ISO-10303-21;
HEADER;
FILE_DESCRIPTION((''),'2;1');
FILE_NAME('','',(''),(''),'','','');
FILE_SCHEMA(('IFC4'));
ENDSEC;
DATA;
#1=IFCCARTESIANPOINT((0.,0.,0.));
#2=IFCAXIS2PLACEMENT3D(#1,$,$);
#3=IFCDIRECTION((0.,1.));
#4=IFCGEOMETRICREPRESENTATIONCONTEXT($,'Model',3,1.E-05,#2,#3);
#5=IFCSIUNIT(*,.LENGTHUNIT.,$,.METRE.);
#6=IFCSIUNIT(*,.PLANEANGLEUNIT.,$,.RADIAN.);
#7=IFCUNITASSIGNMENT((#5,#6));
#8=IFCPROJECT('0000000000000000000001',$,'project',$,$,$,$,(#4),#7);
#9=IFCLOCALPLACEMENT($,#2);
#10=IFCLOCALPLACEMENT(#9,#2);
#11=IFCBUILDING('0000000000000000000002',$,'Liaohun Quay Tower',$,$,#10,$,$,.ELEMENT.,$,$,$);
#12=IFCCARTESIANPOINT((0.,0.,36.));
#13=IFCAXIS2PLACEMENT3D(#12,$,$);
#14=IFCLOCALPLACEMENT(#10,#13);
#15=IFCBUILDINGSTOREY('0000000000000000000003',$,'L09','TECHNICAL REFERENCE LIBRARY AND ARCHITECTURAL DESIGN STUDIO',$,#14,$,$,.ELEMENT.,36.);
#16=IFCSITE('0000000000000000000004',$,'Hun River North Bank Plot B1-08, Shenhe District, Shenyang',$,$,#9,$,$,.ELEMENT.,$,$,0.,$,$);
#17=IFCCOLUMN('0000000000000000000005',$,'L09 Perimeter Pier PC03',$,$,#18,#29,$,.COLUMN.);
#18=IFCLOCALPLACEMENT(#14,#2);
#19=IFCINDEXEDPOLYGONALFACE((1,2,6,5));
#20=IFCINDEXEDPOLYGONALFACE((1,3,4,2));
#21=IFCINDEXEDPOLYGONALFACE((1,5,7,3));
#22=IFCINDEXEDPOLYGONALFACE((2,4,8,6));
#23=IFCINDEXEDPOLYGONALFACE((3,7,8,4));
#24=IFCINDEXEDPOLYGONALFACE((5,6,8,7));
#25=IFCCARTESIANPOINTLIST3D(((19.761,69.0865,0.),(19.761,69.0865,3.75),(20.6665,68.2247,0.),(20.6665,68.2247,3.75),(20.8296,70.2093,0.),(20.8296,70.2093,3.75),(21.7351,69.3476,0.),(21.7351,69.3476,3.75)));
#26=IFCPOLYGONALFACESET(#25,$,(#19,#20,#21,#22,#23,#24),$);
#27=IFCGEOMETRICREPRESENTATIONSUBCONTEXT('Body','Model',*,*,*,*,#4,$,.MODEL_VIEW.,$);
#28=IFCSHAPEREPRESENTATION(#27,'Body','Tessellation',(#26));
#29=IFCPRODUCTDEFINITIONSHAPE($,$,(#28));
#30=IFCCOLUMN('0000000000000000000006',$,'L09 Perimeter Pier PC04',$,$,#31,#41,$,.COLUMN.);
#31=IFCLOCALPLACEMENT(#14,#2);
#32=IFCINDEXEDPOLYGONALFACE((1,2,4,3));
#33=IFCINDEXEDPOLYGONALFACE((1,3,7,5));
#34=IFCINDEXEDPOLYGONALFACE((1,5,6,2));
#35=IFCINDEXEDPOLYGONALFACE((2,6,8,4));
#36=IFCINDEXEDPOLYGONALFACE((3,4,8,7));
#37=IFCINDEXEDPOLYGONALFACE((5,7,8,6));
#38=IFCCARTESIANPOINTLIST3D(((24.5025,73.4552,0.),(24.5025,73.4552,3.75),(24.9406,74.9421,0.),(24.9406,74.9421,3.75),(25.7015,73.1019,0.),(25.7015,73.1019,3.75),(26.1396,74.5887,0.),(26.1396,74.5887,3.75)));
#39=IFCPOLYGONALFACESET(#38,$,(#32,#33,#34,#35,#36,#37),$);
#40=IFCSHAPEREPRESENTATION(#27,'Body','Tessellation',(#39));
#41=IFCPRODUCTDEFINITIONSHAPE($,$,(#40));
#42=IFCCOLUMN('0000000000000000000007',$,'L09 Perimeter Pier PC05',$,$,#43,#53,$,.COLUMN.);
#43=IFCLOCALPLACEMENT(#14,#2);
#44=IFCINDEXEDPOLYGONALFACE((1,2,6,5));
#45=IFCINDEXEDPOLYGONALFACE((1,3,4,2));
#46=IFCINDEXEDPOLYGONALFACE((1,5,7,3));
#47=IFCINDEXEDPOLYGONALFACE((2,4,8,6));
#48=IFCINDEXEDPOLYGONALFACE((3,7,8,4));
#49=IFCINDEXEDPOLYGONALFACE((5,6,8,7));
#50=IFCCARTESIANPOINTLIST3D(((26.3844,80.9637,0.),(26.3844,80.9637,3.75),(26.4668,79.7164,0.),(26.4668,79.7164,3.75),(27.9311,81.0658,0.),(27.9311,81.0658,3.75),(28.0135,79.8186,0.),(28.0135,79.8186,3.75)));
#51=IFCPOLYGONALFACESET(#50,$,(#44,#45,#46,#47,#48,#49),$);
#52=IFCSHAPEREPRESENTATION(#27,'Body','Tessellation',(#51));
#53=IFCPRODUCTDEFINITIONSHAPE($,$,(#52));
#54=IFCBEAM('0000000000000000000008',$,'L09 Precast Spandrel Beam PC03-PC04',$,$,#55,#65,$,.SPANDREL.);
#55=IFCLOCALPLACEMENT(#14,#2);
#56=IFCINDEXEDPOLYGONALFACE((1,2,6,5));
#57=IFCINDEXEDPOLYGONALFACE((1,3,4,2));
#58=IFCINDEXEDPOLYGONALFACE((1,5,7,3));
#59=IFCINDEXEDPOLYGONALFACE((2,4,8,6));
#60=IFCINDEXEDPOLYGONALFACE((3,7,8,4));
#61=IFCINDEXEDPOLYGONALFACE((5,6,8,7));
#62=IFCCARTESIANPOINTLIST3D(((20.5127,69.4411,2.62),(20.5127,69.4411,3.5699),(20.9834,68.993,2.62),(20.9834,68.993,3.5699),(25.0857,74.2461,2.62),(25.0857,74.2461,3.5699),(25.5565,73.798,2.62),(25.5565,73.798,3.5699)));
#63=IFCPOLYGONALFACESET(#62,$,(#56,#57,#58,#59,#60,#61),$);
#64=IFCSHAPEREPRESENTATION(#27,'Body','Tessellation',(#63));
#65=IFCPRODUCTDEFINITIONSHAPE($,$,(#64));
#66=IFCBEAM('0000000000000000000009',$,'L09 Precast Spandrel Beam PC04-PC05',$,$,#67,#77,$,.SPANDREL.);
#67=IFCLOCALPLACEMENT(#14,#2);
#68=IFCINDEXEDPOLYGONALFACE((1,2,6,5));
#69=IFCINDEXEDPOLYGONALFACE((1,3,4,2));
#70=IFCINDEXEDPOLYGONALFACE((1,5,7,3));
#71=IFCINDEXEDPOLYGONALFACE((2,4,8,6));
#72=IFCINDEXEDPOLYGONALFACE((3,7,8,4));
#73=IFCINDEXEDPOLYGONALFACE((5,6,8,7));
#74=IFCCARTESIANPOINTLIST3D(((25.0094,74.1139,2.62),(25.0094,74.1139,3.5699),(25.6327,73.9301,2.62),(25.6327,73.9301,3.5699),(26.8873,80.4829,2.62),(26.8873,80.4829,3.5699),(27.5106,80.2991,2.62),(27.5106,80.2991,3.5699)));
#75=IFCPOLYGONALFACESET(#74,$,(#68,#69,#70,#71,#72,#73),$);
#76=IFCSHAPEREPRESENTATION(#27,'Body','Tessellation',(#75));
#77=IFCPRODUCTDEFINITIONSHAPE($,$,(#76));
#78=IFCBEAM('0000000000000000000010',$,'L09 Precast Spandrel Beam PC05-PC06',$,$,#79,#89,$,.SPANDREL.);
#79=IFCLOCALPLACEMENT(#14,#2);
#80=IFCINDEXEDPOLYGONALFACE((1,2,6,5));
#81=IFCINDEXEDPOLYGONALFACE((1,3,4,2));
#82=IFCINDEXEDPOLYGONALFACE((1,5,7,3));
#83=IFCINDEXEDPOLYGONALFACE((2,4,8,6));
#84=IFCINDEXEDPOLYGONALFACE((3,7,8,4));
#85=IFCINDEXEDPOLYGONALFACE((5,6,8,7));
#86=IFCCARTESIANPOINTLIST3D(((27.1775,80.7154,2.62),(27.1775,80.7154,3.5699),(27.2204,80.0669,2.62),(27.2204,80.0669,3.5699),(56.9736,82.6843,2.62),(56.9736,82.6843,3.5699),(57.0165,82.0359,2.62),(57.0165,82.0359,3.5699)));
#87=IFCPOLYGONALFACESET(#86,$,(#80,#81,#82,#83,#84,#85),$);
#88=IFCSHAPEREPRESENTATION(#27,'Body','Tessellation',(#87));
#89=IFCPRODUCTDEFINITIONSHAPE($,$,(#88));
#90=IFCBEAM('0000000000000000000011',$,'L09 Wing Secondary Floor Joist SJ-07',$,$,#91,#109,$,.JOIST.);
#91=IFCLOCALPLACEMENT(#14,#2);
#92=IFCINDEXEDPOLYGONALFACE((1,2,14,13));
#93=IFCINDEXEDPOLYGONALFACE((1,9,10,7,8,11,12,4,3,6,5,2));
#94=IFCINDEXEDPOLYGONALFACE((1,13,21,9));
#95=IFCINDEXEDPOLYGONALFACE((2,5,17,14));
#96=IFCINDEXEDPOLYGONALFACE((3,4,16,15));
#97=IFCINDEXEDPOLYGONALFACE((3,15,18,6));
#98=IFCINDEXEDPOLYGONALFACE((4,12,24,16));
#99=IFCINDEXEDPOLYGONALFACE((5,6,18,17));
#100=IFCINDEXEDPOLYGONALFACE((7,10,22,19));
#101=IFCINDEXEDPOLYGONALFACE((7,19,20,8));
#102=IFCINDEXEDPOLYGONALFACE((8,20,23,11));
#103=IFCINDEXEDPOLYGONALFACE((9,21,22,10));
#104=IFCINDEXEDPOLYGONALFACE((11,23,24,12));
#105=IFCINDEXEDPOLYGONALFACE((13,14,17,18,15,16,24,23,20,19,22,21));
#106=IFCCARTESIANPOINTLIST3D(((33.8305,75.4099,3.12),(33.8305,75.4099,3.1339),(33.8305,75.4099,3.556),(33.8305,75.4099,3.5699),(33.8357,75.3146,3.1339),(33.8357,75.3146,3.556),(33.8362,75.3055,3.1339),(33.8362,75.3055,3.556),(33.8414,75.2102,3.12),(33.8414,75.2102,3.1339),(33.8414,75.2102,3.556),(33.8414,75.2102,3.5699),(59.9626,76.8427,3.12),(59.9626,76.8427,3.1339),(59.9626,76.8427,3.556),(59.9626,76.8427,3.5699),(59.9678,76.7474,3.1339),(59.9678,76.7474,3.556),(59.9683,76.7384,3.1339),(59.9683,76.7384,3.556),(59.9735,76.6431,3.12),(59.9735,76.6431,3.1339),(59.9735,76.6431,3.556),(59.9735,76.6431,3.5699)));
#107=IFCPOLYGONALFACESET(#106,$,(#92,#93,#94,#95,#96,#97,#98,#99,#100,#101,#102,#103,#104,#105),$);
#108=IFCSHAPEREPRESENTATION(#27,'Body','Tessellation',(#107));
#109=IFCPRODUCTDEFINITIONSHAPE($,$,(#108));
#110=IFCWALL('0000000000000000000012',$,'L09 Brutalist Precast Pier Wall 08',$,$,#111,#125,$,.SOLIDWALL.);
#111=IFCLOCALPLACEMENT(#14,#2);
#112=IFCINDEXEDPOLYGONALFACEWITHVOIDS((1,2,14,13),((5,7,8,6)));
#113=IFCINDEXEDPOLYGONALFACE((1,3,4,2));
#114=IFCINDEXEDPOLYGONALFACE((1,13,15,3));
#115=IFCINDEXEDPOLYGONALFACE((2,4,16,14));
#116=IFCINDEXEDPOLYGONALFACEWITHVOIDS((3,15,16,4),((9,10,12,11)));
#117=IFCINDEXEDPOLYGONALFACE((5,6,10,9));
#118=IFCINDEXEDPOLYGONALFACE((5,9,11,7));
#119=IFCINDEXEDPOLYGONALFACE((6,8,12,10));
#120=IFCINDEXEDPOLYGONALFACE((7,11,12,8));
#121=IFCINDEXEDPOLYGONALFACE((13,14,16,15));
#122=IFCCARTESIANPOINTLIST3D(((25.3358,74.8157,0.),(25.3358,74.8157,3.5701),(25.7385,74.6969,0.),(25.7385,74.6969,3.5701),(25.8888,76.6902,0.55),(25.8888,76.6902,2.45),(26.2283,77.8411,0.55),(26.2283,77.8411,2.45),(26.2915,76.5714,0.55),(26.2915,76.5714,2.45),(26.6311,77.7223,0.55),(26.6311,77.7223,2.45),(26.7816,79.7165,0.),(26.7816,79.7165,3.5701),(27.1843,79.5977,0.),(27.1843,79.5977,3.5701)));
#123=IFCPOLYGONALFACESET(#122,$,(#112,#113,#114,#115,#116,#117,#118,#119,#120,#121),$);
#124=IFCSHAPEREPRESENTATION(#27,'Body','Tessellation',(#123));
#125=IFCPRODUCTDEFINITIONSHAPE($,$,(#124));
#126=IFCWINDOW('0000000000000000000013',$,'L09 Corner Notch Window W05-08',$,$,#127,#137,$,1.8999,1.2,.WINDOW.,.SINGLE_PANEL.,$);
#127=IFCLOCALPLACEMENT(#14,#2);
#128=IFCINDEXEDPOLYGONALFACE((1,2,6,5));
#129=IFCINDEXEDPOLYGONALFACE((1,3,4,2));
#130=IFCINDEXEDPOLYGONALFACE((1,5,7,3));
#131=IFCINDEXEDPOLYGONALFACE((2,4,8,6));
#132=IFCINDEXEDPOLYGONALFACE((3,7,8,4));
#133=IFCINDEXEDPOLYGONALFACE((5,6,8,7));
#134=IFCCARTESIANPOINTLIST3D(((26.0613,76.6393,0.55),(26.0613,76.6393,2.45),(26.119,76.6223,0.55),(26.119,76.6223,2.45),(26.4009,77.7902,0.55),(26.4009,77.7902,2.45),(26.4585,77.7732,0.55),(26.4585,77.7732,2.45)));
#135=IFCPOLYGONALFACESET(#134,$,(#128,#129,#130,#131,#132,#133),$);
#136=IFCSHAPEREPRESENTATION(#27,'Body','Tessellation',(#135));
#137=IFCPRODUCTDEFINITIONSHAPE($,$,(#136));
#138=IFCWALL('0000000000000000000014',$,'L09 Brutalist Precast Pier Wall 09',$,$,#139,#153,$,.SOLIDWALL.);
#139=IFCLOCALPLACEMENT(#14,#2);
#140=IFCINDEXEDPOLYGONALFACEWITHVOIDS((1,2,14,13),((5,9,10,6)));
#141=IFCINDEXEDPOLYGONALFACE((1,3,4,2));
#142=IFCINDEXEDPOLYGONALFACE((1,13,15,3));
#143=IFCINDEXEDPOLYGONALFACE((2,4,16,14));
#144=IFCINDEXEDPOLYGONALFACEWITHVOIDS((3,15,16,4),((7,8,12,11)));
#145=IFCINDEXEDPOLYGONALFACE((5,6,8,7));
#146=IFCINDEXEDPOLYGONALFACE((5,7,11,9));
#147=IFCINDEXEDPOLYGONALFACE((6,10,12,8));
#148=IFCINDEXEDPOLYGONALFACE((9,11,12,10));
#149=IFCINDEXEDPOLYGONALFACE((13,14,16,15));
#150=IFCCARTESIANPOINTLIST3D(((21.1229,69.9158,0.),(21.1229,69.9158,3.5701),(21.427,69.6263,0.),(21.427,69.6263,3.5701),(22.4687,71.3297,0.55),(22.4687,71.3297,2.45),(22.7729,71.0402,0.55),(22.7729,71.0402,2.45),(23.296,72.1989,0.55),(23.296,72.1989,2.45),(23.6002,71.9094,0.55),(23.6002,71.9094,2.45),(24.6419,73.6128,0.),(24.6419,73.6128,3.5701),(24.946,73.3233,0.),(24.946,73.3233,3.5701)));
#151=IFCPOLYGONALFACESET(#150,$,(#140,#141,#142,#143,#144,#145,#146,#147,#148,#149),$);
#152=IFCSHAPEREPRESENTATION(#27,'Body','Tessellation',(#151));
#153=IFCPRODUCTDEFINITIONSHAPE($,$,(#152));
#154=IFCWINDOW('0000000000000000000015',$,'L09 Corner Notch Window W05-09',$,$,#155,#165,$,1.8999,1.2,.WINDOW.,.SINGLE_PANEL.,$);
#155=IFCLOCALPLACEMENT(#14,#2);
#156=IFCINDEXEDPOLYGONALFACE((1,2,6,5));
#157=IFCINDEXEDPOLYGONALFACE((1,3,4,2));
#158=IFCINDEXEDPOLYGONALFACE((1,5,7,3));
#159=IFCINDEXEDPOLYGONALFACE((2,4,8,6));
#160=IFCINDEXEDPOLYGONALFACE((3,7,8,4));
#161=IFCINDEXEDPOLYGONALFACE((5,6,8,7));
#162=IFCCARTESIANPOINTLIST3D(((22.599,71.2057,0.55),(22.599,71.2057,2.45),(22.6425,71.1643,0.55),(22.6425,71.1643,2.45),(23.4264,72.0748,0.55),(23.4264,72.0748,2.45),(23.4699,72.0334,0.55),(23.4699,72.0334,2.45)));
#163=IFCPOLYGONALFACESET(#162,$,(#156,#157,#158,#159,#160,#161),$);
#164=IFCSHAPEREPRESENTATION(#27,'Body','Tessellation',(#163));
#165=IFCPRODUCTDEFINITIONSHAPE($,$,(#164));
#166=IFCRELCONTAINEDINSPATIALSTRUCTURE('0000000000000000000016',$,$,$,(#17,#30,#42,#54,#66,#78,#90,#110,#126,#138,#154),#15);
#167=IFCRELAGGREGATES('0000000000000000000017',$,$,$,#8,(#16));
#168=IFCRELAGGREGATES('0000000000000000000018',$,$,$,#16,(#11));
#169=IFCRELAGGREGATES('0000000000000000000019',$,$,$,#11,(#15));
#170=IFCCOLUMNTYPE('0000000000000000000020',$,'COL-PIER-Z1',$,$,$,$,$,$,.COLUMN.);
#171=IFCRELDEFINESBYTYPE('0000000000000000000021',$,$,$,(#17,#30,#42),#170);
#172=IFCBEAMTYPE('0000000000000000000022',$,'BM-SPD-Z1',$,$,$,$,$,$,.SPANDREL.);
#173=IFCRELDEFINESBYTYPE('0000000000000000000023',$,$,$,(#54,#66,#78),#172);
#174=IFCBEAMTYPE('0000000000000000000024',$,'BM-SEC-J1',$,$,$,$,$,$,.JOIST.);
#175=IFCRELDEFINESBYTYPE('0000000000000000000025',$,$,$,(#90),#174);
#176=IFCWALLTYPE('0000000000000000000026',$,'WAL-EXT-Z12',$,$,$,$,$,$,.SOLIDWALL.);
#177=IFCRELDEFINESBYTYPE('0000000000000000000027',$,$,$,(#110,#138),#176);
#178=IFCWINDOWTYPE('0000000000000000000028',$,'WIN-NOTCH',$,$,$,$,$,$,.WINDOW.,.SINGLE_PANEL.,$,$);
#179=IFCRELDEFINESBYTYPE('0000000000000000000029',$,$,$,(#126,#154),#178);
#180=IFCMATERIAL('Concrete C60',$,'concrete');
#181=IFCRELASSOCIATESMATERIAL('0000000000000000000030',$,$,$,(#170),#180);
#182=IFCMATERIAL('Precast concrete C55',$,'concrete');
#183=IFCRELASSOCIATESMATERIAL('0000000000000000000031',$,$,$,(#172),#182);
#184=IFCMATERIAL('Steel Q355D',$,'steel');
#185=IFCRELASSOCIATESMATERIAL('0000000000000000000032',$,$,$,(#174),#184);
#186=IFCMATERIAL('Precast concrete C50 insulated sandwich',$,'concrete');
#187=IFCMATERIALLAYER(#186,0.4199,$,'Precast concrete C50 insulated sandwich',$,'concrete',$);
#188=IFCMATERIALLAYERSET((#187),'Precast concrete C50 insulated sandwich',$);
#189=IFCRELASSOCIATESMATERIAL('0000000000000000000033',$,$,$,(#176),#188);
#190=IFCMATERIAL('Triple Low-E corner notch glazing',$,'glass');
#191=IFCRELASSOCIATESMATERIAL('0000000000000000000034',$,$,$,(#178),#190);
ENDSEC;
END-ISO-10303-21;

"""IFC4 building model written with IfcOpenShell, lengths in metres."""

from ifc_helpers import new_model, si_unit, direction, frame, frame_2d, origin, origin_2d, place, context, subcontext, project, spatial, rectangle, i_section, extrude, source, transform, mapped, material, layer, layer_set, material_profile, profile_set, type_object, element, fill, save


model = new_model("IFC4")

# Units and contexts
model_context = context("Model", 3, precision=1e-05, world=origin(), true_north=direction((0.0, 1.0)))
body_context = subcontext(model_context, "Body", "Model", "MODEL_VIEW")
ifc_project = project(units=[si_unit("LENGTHUNIT", "METRE"), si_unit("PLANEANGLEUNIT", "RADIAN")], contexts=[model_context])

# Site, building, storey
site_placement = place(None, origin())
site = spatial("IfcSite", under=ifc_project, at=site_placement, Name="Hun River North Bank Plot B1-08, Shenhe District, Shenyang", CompositionType="ELEMENT", RefElevation=0.0)
building_placement = place(site_placement, origin())
building = spatial("IfcBuilding", under=site, at=building_placement, Name="Liaohun Quay Tower", CompositionType="ELEMENT")
storey_placement = place(building_placement, frame((0.0, 0.0, 36.0)))
storey = spatial("IfcBuildingStorey", under=building, at=storey_placement, Name="L09", Description="TECHNICAL REFERENCE LIBRARY AND ARCHITECTURAL DESIGN STUDIO", CompositionType="ELEMENT", Elevation=36.0)

# Columns
ifc_material_1 = material(Name="Concrete C60", Category="concrete")
ifc_material_profile_1 = material_profile(ifc_material_1, rectangle(XDim=1.55, YDim=1.25, at=origin_2d()), Name="RC1550x1250")
ifc_profile_set_1 = profile_set([ifc_material_profile_1], Name="Concrete C60")
column_type = type_object("IfcColumnType", Name="COL-PIER-Z1", PredefinedType="COLUMN", material=ifc_profile_set_1)
shared_shape_1 = source(origin(), body_context, "Body", "SweptSolid", [
    extrude(rectangle(XDim=1.55, YDim=1.25, at=origin_2d()), origin(), (0.0, 0.0, 1.0), 3.75),
])
for number, where, z_axis, x_axis, name in (
    (1, (20.748, 69.217, 0.0), (0.0, 0.0, 1.0), (0.689367, 0.724413, 0.0), "L09 Perimeter Pier PC03"),
    (2, (25.321, 74.022, 0.0), (0.0, 0.0, 1.0), (0.282676, 0.959215, 0.0), "L09 Perimeter Pier PC04"),
    (3, (27.199, 80.3911, 0.0), (0.0, 0.0, 1.0), (0.997825, 0.065926, 0.0), "L09 Perimeter Pier PC05"),
):
    element("IfcColumn", number, at=place(storey_placement, frame(where, z_axis=z_axis, x_axis=x_axis)), inside=storey, type_object=column_type, Name=name, PredefinedType="COLUMN", context=body_context, shape_type="MappedRepresentation", body=[
        mapped(shared_shape_1, transform((0.0, 0.0, 0.0), x_axis=(1.0, 0.0, 0.0), y_axis=(0.0, 1.0, 0.0), z_axis=(0.0, 0.0, 1.0), scale=1.0)),
    ])

# Beams
ifc_material_2 = material(Name="Precast concrete C55", Category="concrete")
ifc_material_profile_2 = material_profile(ifc_material_2, rectangle(XDim=0.6499, YDim=0.95, at=origin_2d()), Name="RC650x950")
ifc_profile_set_2 = profile_set([ifc_material_profile_2], Name="Precast concrete C55")
beam_type_1 = type_object("IfcBeamType", Name="BM-SPD-Z1", PredefinedType="SPANDREL", material=ifc_profile_set_2)
shared_shape_2 = source(origin(), body_context, "Body", "SweptSolid", [
    extrude(rectangle(XDim=0.6499, YDim=0.95, at=origin_2d()), origin(), (0.0, 0.0, 1.0), 6.6333),
])
beam_1_placement = place(storey_placement, frame((20.748, 69.217, 3.095), z_axis=(0.689408, 0.724373, 0.0), x_axis=(-0.724373, 0.689408, 0.0)))
element("IfcBeam", 4, at=beam_1_placement, inside=storey, type_object=beam_type_1, Name="L09 Precast Spandrel Beam PC03-PC04", PredefinedType="SPANDREL", context=body_context, shape_type="MappedRepresentation", body=[
    mapped(shared_shape_2, transform((0.0, 0.0, 0.0), x_axis=(1.0, 0.0, 0.0), y_axis=(0.0, 1.0, 0.0), z_axis=(0.0, 0.0, 1.0), scale=1.0)),
])
shared_shape_3 = source(origin(), body_context, "Body", "SweptSolid", [
    extrude(rectangle(XDim=0.6499, YDim=0.95, at=origin_2d()), origin(), (0.0, 0.0, 1.0), 6.6401),
])
beam_2_placement = place(storey_placement, frame((25.321, 74.022, 3.095), z_axis=(0.282811, 0.959176, 0.0), x_axis=(-0.959176, 0.282811, 0.0)))
element("IfcBeam", 5, at=beam_2_placement, inside=storey, type_object=beam_type_1, Name="L09 Precast Spandrel Beam PC04-PC05", PredefinedType="SPANDREL", context=body_context, shape_type="MappedRepresentation", body=[
    mapped(shared_shape_3, transform((0.0, 0.0, 0.0), x_axis=(1.0, 0.0, 0.0), y_axis=(0.0, 1.0, 0.0), z_axis=(0.0, 0.0, 1.0), scale=1.0)),
])
shared_shape_4 = source(origin(), body_context, "Body", "SweptSolid", [
    extrude(rectangle(XDim=0.6499, YDim=0.95, at=origin_2d()), origin(), (0.0, 0.0, 1.0), 29.8611),
])
beam_3_placement = place(storey_placement, frame((27.199, 80.3911, 3.095), z_axis=(0.997824, 0.065938, 0.0), x_axis=(-0.065938, 0.997824, 0.0)))
element("IfcBeam", 6, at=beam_3_placement, inside=storey, type_object=beam_type_1, Name="L09 Precast Spandrel Beam PC05-PC06", PredefinedType="SPANDREL", context=body_context, shape_type="MappedRepresentation", body=[
    mapped(shared_shape_4, transform((0.0, 0.0, 0.0), x_axis=(1.0, 0.0, 0.0), y_axis=(0.0, 1.0, 0.0), z_axis=(0.0, 0.0, 1.0), scale=1.0)),
])
ifc_material_3 = material(Name="Steel Q355D", Category="steel")
ifc_material_profile_3 = material_profile(ifc_material_3, i_section(OverallWidth=0.2, OverallDepth=0.45, WebThickness=0.009, FlangeThickness=0.0139, at=origin_2d()), Name="HN450x200x9x14")
ifc_profile_set_3 = profile_set([ifc_material_profile_3], Name="Steel Q355D")
beam_type_2 = type_object("IfcBeamType", Name="BM-SEC-J1", PredefinedType="JOIST", material=ifc_profile_set_3)
shared_shape_5 = source(origin(), body_context, "Body", "SweptSolid", [
    extrude(i_section(OverallWidth=0.2, OverallDepth=0.45, WebThickness=0.009, FlangeThickness=0.0139, at=origin_2d()), origin(), (0.0, 0.0, 1.0), 26.1714),
])
beam_4_placement = place(storey_placement, frame((33.8359, 75.3101, 3.345), z_axis=(0.9985, 0.054749, 0.0), x_axis=(-0.054749, 0.9985, 0.0)))
element("IfcBeam", 7, at=beam_4_placement, inside=storey, type_object=beam_type_2, Name="L09 Wing Secondary Floor Joist SJ-07", PredefinedType="JOIST", context=body_context, shape_type="MappedRepresentation", body=[
    mapped(shared_shape_5, transform((0.0, 0.0, 0.0), x_axis=(1.0, 0.0, 0.0), y_axis=(0.0, 1.0, 0.0), z_axis=(0.0, 0.0, 1.0), scale=1.0)),
])

# Walls, openings, windows
ifc_material_4 = material(Name="Precast concrete C50 insulated sandwich", Category="concrete")
ifc_layer_1 = layer(ifc_material_4, 0.4199, Name="Precast concrete C50 insulated sandwich", Category="concrete")
ifc_layer_set_1 = layer_set([ifc_layer_1], Name="Precast concrete C50 insulated sandwich")
wall_type_1 = type_object("IfcWallType", Name="WAL-EXT-Z12", PredefinedType="SOLIDWALL", material=ifc_layer_set_1)
wall_1_placement = place(storey_placement, frame((26.9829, 79.657, 0.0), z_axis=(0.0, 0.0, 1.0), x_axis=(-0.282953, -0.959134, 0.0)))
wall_1 = element("IfcWall", 8, at=wall_1_placement, inside=storey, type_object=wall_type_1, Name="L09 Brutalist Precast Pier Wall 08", PredefinedType="SOLIDWALL", context=body_context, shape_type="SweptSolid", body=[
    extrude(rectangle(XDim=5.1096, YDim=0.4199, at=frame_2d((2.5547, 0.0))), origin(), (0.0, 0.0, 1.0), 3.5701),
])
shared_shape_6 = source(origin(), body_context, "Body", "SweptSolid", [
    extrude(rectangle(XDim=1.2, YDim=1.8999, at=frame_2d((0.6001, 0.95))), frame((0.0, 0.22, 0.0), z_axis=(0.0, -1.0, 0.0), x_axis=(1.0, 0.0, 0.0)), (0.0, 0.0, 1.0), 0.4399),
])
opening_1_placement = place(wall_1_placement, frame((1.9551, 0.0, 0.55)))
opening_1 = element("IfcOpeningElement", 9, at=opening_1_placement, cuts=wall_1, PredefinedType="OPENING", context=body_context, shape_type="MappedRepresentation", body=[
    mapped(shared_shape_6, transform((0.0, 0.0, 0.0), x_axis=(1.0, 0.0, 0.0), y_axis=(0.0, 1.0, 0.0), z_axis=(0.0, 0.0, 1.0), scale=1.0)),
])
ifc_material_5 = material(Name="Triple Low-E corner notch glazing", Category="glass")
window_type_1 = type_object("IfcWindowType", Name="WIN-NOTCH", PartitioningType="SINGLE_PANEL", PredefinedType="WINDOW", material=ifc_material_5)
shared_shape_7 = source(origin(), body_context, "Body", "SweptSolid", [
    extrude(rectangle(XDim=1.2, YDim=1.8999, at=frame_2d((0.6001, 0.95))), frame((0.0, 0.03, 0.0), z_axis=(0.0, -1.0, 0.0), x_axis=(1.0, 0.0, 0.0)), (0.0, 0.0, 1.0), 0.0601),
])
window_1_placement = place(opening_1_placement, origin())
window_1 = element("IfcWindow", 10, at=window_1_placement, inside=storey, type_object=window_type_1, Name="L09 Corner Notch Window W05-08", OverallHeight=1.8999, OverallWidth=1.2, PartitioningType="SINGLE_PANEL", PredefinedType="WINDOW", context=body_context, shape_type="MappedRepresentation", body=[
    mapped(shared_shape_7, transform((0.0, 0.0, 0.0), x_axis=(1.0, 0.0, 0.0), y_axis=(0.0, 1.0, 0.0), z_axis=(0.0, 0.0, 1.0), scale=1.0)),
])
fill(opening_1, window_1)
wall_2_placement = place(storey_placement, frame((24.7939, 73.468, 0.0), z_axis=(0.0, 0.0, 1.0), x_axis=(-0.689457, -0.724327, 0.0)))
wall_2 = element("IfcWall", 11, at=wall_2_placement, inside=storey, type_object=wall_type_1, Name="L09 Brutalist Precast Pier Wall 09", PredefinedType="SOLIDWALL", context=body_context, shape_type="SweptSolid", body=[
    extrude(rectangle(XDim=5.104, YDim=0.4199, at=frame_2d((2.552, 0.0))), origin(), (0.0, 0.0, 1.0), 3.5701),
])
opening_2_placement = place(wall_2_placement, frame((1.9519, 0.0, 0.55)))
opening_2 = element("IfcOpeningElement", 12, at=opening_2_placement, cuts=wall_2, PredefinedType="OPENING", context=body_context, shape_type="MappedRepresentation", body=[
    mapped(shared_shape_6, transform((0.0, 0.0, 0.0), x_axis=(1.0, 0.0, 0.0), y_axis=(0.0, 1.0, 0.0), z_axis=(0.0, 0.0, 1.0), scale=1.0)),
])
window_2_placement = place(opening_2_placement, origin())
window_2 = element("IfcWindow", 13, at=window_2_placement, inside=storey, type_object=window_type_1, Name="L09 Corner Notch Window W05-09", OverallHeight=1.8999, OverallWidth=1.2, PartitioningType="SINGLE_PANEL", PredefinedType="WINDOW", context=body_context, shape_type="MappedRepresentation", body=[
    mapped(shared_shape_7, transform((0.0, 0.0, 0.0), x_axis=(1.0, 0.0, 0.0), y_axis=(0.0, 1.0, 0.0), z_axis=(0.0, 0.0, 1.0), scale=1.0)),
])
fill(opening_2, window_2)

save(model, "model.ifc")
